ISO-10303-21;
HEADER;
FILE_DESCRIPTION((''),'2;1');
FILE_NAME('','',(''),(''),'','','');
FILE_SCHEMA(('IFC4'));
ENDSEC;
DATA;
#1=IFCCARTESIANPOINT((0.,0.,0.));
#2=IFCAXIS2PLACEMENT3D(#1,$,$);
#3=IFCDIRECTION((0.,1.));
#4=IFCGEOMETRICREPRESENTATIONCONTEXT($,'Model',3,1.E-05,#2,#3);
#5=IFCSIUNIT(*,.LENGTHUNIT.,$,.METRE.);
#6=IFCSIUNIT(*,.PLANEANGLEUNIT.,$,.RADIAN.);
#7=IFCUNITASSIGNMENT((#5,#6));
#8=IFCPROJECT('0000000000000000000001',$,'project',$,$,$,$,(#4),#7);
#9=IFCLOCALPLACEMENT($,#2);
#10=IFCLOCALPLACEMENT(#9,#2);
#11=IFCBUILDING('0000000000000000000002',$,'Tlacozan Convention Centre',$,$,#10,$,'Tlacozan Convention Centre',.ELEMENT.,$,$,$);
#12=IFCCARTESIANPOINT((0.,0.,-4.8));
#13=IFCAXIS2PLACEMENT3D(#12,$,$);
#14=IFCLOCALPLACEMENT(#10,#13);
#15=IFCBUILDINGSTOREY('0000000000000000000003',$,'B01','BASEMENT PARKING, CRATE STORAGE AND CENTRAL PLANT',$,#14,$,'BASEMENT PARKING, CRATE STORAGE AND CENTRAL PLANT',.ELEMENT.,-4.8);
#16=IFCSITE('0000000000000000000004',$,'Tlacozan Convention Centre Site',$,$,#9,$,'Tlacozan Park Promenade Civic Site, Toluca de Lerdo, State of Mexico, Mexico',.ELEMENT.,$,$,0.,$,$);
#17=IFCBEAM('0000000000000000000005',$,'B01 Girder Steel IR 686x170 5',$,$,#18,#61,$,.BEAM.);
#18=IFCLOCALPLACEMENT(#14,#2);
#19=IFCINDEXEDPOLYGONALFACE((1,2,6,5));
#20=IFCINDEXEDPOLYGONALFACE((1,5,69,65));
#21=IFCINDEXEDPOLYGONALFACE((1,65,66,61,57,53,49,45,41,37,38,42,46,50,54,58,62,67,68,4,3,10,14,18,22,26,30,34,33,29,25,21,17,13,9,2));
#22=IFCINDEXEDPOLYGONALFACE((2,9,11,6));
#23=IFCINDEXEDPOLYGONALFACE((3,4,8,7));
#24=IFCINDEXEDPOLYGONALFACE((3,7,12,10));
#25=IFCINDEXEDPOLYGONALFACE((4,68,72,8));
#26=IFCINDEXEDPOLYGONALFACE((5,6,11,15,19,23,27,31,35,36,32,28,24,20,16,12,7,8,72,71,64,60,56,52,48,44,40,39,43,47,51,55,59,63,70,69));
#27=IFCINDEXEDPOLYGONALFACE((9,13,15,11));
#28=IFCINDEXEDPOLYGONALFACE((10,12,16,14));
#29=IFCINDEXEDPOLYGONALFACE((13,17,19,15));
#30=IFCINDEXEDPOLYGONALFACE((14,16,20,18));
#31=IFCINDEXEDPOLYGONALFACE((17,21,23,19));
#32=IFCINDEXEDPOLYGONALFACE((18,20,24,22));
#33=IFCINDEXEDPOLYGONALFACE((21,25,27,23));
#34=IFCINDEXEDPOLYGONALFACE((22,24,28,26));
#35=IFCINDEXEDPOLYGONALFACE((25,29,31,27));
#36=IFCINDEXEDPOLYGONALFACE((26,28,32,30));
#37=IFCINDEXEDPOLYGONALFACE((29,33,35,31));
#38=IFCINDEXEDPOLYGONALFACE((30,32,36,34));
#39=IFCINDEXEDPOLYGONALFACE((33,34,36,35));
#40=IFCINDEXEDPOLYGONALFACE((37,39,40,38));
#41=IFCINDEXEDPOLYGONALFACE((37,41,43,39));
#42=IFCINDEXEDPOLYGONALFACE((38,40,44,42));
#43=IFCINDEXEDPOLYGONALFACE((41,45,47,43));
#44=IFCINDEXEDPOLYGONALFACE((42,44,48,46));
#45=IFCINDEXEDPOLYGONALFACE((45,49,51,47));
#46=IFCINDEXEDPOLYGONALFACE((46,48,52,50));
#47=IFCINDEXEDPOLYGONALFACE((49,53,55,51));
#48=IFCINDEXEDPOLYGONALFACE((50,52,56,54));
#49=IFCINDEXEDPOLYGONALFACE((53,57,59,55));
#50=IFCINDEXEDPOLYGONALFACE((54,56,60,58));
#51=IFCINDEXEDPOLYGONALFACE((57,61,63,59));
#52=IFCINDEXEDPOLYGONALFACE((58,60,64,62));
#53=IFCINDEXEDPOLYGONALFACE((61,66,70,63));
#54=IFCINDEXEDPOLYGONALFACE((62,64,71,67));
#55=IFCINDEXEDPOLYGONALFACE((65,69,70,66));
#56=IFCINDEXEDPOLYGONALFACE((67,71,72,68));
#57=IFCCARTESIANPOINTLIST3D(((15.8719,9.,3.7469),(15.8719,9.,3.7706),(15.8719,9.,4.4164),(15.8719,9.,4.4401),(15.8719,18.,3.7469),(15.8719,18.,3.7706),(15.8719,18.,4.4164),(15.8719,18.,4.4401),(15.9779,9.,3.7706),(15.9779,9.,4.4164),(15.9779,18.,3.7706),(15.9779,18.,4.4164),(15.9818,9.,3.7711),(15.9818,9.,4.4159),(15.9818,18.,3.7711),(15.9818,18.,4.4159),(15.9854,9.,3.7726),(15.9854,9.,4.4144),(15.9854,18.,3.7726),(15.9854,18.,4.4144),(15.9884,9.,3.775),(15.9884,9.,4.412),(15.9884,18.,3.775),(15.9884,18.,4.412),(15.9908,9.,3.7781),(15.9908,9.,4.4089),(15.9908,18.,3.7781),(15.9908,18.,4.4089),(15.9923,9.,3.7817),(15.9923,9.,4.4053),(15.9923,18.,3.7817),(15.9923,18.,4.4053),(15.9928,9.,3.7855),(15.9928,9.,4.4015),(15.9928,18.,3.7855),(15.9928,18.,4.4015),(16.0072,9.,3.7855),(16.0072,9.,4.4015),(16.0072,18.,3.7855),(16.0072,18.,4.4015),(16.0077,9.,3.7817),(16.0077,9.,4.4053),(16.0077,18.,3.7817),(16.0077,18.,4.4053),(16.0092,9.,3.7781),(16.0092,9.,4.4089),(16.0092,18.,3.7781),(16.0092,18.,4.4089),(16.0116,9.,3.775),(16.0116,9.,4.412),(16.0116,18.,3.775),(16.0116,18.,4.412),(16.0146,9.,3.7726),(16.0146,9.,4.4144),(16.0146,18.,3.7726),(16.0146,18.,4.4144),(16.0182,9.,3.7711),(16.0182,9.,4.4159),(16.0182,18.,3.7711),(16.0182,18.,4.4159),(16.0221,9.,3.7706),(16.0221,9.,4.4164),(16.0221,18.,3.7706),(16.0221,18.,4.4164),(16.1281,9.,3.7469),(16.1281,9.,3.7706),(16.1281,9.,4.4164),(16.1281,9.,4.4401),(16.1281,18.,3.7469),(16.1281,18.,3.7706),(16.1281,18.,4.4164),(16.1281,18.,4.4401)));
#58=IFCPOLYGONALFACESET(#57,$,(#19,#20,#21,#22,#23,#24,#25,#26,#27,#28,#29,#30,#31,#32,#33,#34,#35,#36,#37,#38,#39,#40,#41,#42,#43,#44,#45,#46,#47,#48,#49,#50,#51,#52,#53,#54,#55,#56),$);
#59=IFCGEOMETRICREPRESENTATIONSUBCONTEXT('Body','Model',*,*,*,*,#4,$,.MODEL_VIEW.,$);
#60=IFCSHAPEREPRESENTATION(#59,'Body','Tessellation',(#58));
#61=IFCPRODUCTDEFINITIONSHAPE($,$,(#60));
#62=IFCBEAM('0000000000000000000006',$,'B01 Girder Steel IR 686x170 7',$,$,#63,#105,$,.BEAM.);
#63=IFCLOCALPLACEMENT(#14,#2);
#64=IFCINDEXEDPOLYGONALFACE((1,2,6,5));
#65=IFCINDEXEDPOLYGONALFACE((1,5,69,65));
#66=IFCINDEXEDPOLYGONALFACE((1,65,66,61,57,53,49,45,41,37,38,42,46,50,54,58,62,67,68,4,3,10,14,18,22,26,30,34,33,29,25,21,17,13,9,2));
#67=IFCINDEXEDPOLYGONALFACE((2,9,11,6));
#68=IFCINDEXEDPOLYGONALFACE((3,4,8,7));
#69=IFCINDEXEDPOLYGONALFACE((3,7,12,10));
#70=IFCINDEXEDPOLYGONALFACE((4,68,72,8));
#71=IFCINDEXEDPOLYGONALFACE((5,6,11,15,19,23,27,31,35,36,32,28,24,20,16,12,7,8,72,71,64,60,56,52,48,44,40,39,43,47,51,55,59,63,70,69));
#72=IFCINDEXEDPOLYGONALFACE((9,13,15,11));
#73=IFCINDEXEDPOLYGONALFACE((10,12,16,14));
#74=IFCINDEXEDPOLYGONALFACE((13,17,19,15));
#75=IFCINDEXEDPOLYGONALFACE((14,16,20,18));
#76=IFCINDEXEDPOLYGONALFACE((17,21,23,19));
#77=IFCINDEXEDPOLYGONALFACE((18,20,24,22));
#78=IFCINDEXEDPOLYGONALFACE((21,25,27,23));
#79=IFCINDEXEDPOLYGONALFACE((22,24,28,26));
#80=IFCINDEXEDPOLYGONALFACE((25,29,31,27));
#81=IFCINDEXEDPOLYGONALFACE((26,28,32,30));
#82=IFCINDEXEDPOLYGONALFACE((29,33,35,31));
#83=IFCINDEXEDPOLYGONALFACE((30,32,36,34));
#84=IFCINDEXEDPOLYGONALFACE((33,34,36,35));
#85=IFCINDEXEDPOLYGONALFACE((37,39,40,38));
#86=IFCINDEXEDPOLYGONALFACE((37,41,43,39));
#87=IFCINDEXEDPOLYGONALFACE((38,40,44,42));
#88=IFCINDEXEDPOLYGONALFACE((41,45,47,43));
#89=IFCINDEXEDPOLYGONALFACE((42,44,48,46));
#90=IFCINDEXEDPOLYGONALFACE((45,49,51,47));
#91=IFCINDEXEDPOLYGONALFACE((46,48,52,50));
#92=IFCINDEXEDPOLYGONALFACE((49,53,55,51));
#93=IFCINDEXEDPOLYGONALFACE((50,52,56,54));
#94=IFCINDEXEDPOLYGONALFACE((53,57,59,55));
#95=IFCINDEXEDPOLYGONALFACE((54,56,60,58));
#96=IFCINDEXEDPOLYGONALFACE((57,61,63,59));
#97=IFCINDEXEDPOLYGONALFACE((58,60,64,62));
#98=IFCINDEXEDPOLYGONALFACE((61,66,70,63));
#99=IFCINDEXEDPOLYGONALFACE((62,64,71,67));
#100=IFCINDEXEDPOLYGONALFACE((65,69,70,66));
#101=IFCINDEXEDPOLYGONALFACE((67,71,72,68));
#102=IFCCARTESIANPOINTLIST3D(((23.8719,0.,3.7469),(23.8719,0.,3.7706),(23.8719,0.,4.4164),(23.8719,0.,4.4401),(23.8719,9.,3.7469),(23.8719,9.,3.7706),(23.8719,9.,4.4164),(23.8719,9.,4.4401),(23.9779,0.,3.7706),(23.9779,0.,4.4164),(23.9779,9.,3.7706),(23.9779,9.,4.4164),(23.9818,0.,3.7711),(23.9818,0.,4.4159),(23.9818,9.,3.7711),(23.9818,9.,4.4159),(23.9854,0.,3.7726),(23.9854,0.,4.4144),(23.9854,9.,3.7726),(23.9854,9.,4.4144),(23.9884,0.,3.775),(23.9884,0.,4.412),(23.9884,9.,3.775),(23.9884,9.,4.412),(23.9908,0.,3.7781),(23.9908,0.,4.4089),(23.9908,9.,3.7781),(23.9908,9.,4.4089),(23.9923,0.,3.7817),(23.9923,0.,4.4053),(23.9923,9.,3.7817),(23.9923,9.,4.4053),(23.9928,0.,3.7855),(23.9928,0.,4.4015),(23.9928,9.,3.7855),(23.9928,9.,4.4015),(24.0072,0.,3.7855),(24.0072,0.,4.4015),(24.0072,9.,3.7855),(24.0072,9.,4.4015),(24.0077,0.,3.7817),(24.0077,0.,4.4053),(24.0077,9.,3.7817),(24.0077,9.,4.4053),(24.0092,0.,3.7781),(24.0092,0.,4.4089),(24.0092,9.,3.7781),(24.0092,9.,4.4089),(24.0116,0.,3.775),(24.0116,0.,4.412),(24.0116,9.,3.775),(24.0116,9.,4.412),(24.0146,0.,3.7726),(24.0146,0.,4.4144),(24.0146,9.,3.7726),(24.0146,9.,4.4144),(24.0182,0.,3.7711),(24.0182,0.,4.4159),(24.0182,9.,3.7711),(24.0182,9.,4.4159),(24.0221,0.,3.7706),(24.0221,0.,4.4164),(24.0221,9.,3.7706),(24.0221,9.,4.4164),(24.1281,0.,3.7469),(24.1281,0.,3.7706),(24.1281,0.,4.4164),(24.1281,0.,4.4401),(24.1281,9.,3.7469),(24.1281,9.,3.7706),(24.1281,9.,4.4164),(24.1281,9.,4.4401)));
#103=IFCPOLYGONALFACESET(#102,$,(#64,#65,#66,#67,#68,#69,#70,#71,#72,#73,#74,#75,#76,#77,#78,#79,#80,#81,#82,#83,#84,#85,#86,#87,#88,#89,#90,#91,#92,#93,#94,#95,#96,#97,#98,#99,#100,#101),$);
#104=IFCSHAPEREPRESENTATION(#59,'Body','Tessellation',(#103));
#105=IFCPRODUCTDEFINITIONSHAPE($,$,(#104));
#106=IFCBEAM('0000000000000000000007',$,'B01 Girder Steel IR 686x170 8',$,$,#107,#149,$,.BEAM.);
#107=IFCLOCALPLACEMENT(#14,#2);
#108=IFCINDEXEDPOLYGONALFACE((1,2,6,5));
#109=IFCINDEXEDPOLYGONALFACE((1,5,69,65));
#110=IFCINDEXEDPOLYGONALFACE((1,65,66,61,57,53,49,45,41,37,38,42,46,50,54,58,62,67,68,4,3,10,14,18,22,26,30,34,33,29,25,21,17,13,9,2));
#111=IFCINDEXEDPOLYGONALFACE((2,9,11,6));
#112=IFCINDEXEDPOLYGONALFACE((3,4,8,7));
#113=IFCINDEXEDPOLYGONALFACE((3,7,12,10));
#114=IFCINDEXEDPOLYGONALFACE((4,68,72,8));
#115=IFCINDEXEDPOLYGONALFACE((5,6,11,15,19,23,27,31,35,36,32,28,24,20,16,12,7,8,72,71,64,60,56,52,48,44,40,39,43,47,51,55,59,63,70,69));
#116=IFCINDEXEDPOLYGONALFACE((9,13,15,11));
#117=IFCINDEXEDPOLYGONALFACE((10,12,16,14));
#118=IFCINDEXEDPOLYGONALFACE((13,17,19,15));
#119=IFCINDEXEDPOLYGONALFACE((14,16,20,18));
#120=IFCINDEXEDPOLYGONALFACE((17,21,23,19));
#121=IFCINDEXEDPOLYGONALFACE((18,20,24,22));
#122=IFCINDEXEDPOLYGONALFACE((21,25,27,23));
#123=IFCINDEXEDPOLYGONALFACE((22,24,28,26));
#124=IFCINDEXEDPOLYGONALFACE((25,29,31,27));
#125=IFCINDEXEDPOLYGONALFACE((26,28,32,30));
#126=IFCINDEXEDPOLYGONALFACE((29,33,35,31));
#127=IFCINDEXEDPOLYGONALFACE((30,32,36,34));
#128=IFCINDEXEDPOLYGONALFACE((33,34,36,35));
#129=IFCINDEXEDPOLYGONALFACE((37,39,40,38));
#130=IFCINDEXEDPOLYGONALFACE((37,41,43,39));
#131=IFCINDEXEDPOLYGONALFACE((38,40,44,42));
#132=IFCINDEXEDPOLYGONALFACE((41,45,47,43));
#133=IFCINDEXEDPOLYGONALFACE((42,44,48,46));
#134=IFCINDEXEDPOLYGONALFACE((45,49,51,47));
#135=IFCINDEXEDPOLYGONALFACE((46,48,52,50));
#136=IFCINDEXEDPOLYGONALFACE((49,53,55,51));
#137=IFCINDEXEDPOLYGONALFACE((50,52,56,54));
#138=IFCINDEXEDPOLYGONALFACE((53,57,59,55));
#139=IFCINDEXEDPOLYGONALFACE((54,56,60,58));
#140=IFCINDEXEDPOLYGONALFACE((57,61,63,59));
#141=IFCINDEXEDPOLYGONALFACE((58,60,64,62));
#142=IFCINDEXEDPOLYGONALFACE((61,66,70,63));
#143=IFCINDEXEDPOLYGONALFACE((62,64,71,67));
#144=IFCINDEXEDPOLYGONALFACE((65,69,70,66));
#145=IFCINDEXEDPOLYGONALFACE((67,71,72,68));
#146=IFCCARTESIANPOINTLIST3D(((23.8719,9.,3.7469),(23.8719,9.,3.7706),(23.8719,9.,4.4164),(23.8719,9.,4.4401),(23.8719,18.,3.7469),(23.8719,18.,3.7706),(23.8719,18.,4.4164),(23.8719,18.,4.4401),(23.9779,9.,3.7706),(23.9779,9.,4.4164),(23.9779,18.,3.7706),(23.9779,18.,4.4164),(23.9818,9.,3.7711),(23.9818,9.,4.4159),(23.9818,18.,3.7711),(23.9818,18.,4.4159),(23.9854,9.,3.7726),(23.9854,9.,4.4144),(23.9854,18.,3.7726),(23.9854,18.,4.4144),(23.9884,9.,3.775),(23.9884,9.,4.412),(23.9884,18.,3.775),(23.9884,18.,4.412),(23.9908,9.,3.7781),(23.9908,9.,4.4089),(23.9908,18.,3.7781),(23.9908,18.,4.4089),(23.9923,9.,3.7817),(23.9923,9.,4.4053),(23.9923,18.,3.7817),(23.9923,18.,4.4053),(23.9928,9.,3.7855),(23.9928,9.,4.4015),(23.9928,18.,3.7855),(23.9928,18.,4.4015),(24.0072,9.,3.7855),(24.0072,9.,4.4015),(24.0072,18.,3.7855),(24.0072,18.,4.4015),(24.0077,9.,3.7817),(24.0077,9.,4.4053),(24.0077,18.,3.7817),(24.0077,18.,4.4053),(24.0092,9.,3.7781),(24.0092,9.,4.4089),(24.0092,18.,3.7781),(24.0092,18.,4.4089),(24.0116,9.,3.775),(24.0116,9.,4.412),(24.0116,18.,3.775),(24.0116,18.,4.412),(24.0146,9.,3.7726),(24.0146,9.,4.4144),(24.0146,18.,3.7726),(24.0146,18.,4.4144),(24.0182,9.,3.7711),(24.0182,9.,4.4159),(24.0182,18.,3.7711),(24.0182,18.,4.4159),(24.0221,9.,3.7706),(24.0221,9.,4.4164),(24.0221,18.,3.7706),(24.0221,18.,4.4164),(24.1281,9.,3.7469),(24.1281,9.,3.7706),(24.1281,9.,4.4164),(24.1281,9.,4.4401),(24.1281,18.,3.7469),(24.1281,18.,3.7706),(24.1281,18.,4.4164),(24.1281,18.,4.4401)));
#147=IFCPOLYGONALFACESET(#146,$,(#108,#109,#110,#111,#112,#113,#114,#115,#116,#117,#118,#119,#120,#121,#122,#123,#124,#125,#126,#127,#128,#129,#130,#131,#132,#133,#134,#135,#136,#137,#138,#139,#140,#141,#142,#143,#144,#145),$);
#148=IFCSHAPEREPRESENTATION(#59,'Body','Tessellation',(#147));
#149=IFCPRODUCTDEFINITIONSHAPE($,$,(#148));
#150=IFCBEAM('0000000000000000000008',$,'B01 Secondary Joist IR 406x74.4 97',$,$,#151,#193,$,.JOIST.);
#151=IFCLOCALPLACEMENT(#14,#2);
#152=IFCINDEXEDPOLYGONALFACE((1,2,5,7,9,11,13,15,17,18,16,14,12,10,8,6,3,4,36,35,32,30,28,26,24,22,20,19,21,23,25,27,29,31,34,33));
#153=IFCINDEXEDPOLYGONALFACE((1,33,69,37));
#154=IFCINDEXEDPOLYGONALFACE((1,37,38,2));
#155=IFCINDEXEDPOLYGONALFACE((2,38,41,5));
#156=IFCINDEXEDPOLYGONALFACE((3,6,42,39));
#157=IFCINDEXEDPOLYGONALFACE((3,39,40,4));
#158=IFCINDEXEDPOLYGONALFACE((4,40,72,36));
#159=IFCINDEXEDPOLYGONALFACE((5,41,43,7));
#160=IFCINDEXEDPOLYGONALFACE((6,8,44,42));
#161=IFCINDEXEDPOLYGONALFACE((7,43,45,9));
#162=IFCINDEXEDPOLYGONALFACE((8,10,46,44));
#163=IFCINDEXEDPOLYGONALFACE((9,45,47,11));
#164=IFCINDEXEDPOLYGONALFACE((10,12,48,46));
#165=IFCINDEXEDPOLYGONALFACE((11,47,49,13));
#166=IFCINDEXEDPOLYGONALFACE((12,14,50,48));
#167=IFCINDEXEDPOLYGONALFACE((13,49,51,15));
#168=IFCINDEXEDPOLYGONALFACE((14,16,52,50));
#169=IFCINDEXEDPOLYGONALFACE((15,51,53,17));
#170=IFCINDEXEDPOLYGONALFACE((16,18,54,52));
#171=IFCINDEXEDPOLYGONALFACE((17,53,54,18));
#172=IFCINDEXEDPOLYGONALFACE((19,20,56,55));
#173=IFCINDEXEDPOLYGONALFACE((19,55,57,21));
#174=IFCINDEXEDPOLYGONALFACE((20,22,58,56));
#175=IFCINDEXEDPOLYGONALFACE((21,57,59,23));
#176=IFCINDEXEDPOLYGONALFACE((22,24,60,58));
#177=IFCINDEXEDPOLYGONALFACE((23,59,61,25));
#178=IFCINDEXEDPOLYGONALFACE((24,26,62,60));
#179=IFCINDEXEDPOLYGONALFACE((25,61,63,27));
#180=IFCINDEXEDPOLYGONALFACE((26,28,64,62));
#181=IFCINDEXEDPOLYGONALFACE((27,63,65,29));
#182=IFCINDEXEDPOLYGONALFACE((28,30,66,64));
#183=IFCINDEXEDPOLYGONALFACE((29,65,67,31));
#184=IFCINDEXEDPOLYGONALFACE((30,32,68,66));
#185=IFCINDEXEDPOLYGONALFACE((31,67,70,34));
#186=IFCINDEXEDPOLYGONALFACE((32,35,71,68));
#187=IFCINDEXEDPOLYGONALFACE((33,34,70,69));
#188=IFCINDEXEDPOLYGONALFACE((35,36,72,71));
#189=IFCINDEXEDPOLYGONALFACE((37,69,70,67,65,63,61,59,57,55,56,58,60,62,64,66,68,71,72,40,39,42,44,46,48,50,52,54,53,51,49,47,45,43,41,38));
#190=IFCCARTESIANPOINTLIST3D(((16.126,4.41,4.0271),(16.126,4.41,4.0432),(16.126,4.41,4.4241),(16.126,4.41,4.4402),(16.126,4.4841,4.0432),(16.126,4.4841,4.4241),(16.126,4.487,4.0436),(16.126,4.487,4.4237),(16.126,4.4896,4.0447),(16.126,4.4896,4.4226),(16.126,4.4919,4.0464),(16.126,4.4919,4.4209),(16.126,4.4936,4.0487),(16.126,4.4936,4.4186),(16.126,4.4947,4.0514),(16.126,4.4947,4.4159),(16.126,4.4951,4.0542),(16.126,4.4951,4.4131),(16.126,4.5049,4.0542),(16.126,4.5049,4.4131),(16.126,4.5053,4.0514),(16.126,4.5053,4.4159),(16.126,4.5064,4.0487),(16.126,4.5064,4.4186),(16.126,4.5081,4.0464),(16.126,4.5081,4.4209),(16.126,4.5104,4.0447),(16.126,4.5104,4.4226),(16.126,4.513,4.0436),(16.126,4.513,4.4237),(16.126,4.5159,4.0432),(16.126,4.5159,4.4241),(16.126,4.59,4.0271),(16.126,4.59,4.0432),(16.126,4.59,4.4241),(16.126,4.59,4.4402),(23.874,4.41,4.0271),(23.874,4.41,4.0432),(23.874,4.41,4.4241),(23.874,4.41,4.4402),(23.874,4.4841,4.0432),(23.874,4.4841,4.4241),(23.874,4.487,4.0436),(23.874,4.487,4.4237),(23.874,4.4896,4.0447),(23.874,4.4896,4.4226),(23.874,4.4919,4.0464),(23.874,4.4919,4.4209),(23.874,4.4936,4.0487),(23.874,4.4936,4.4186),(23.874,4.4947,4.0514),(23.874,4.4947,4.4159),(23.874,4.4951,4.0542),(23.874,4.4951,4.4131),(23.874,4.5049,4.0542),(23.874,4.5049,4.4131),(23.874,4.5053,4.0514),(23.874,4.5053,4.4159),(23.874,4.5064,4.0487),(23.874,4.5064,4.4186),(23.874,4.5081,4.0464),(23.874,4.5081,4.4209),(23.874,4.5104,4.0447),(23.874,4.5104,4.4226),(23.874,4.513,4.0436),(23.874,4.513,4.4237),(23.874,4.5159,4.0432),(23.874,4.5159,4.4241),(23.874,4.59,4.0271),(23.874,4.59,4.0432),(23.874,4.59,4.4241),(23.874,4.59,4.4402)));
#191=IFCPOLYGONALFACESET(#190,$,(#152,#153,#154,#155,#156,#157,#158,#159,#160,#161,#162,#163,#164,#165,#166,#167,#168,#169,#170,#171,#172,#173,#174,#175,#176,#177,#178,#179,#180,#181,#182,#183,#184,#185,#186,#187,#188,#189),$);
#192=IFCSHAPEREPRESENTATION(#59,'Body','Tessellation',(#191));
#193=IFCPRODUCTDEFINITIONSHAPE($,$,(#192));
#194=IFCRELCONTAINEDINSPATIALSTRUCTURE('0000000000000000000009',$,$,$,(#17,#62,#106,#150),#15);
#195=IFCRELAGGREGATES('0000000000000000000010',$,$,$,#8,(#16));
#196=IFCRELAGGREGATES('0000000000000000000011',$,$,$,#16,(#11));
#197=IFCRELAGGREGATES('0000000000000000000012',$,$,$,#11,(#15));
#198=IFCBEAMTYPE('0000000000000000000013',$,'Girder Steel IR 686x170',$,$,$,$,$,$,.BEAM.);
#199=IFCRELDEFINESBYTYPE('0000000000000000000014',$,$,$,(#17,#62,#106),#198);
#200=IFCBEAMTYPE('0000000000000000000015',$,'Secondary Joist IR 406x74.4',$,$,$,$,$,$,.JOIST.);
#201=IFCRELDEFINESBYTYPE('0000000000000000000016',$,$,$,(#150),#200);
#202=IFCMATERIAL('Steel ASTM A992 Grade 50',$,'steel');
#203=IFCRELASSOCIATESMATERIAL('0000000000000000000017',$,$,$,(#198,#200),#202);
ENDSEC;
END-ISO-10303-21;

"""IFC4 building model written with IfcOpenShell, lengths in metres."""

from ifc_helpers import new_model, si_unit, direction, frame, origin, origin_2d, place, context, subcontext, project, spatial, i_section, extrude, material, material_profile, profile_set, type_object, element, save


model = new_model("IFC4")

# Units and contexts
model_context = context("Model", 3, precision=1e-05, world=origin(), true_north=direction((0.0, 1.0)))
body_context = subcontext(model_context, "Body", "Model", "MODEL_VIEW")
ifc_project = project(units=[si_unit("LENGTHUNIT", "METRE"), si_unit("PLANEANGLEUNIT", "RADIAN")], contexts=[model_context])

# Site, building, storey
site_placement = place(None, origin())
site = spatial("IfcSite", under=ifc_project, at=site_placement, Name="Tlacozan Convention Centre Site", LongName="Tlacozan Park Promenade Civic Site, Toluca de Lerdo, State of Mexico, Mexico", CompositionType="ELEMENT", RefElevation=0.0)
building_placement = place(site_placement, origin())
building = spatial("IfcBuilding", under=site, at=building_placement, Name="Tlacozan Convention Centre", LongName="Tlacozan Convention Centre", CompositionType="ELEMENT")
storey_placement = place(building_placement, frame((0.0, 0.0, -4.8)))
storey = spatial("IfcBuildingStorey", under=building, at=storey_placement, Name="B01", Description="BASEMENT PARKING, CRATE STORAGE AND CENTRAL PLANT", LongName="BASEMENT PARKING, CRATE STORAGE AND CENTRAL PLANT", CompositionType="ELEMENT", Elevation=-4.8)

# Beams
ifc_material_1 = material(Name="Steel ASTM A992 Grade 50", Category="steel")
ifc_material_profile_1 = material_profile(ifc_material_1, i_section(OverallWidth=0.2561, OverallDepth=0.6931, WebThickness=0.0144, FlangeThickness=0.0237, FilletRadius=0.0149, at=origin_2d()), Name="IR 686x170.0")
ifc_profile_set_1 = profile_set([ifc_material_profile_1], Name="Steel ASTM A992 Grade 50")
beam_type_1 = type_object("IfcBeamType", Name="Girder Steel IR 686x170", PredefinedType="BEAM", material=ifc_profile_set_1)
for number, where, z_axis, x_axis, name in (
    (1, (16.0, 9.0, 4.0935), (0.0, 1.0, 0.0), (-1.0, 0.0, 0.0), "B01 Girder Steel IR 686x170 5"),
    (2, (24.0, 0.0, 4.0935), (0.0, 1.0, 0.0), (-1.0, 0.0, 0.0), "B01 Girder Steel IR 686x170 7"),
    (3, (24.0, 9.0, 4.0935), (0.0, 1.0, 0.0), (-1.0, 0.0, 0.0), "B01 Girder Steel IR 686x170 8"),
):
    element("IfcBeam", number, at=place(storey_placement, frame(where, z_axis=z_axis, x_axis=x_axis)), inside=storey, type_object=beam_type_1, Name=name, PredefinedType="BEAM", context=body_context, shape_type="SweptSolid", body=[
        extrude(i_section(OverallWidth=0.2561, OverallDepth=0.6931, WebThickness=0.0144, FlangeThickness=0.0237, FilletRadius=0.0149, at=origin_2d()), origin(), (0.0, 0.0, 1.0), 9.0),
    ])
ifc_material_profile_2 = material_profile(ifc_material_1, i_section(OverallWidth=0.1799, OverallDepth=0.4131, WebThickness=0.0098, FlangeThickness=0.0161, FilletRadius=0.011, at=origin_2d()), Name="IR 406x74.4")
ifc_profile_set_2 = profile_set([ifc_material_profile_2], Name="Steel ASTM A992 Grade 50")
beam_type_2 = type_object("IfcBeamType", Name="Secondary Joist IR 406x74.4", PredefinedType="JOIST", material=ifc_profile_set_2)
beam_placement = place(storey_placement, frame((16.126, 4.5, 4.2336), z_axis=(1.0, 0.0, 0.0), x_axis=(0.0, 1.0, 0.0)))
element("IfcBeam", 4, at=beam_placement, inside=storey, type_object=beam_type_2, Name="B01 Secondary Joist IR 406x74.4 97", PredefinedType="JOIST", context=body_context, shape_type="SweptSolid", body=[
    extrude(i_section(OverallWidth=0.1799, OverallDepth=0.4131, WebThickness=0.0098, FlangeThickness=0.0161, FilletRadius=0.011, at=origin_2d()), origin(), (0.0, 0.0, 1.0), 7.748),
])

save(model, "model.ifc")
